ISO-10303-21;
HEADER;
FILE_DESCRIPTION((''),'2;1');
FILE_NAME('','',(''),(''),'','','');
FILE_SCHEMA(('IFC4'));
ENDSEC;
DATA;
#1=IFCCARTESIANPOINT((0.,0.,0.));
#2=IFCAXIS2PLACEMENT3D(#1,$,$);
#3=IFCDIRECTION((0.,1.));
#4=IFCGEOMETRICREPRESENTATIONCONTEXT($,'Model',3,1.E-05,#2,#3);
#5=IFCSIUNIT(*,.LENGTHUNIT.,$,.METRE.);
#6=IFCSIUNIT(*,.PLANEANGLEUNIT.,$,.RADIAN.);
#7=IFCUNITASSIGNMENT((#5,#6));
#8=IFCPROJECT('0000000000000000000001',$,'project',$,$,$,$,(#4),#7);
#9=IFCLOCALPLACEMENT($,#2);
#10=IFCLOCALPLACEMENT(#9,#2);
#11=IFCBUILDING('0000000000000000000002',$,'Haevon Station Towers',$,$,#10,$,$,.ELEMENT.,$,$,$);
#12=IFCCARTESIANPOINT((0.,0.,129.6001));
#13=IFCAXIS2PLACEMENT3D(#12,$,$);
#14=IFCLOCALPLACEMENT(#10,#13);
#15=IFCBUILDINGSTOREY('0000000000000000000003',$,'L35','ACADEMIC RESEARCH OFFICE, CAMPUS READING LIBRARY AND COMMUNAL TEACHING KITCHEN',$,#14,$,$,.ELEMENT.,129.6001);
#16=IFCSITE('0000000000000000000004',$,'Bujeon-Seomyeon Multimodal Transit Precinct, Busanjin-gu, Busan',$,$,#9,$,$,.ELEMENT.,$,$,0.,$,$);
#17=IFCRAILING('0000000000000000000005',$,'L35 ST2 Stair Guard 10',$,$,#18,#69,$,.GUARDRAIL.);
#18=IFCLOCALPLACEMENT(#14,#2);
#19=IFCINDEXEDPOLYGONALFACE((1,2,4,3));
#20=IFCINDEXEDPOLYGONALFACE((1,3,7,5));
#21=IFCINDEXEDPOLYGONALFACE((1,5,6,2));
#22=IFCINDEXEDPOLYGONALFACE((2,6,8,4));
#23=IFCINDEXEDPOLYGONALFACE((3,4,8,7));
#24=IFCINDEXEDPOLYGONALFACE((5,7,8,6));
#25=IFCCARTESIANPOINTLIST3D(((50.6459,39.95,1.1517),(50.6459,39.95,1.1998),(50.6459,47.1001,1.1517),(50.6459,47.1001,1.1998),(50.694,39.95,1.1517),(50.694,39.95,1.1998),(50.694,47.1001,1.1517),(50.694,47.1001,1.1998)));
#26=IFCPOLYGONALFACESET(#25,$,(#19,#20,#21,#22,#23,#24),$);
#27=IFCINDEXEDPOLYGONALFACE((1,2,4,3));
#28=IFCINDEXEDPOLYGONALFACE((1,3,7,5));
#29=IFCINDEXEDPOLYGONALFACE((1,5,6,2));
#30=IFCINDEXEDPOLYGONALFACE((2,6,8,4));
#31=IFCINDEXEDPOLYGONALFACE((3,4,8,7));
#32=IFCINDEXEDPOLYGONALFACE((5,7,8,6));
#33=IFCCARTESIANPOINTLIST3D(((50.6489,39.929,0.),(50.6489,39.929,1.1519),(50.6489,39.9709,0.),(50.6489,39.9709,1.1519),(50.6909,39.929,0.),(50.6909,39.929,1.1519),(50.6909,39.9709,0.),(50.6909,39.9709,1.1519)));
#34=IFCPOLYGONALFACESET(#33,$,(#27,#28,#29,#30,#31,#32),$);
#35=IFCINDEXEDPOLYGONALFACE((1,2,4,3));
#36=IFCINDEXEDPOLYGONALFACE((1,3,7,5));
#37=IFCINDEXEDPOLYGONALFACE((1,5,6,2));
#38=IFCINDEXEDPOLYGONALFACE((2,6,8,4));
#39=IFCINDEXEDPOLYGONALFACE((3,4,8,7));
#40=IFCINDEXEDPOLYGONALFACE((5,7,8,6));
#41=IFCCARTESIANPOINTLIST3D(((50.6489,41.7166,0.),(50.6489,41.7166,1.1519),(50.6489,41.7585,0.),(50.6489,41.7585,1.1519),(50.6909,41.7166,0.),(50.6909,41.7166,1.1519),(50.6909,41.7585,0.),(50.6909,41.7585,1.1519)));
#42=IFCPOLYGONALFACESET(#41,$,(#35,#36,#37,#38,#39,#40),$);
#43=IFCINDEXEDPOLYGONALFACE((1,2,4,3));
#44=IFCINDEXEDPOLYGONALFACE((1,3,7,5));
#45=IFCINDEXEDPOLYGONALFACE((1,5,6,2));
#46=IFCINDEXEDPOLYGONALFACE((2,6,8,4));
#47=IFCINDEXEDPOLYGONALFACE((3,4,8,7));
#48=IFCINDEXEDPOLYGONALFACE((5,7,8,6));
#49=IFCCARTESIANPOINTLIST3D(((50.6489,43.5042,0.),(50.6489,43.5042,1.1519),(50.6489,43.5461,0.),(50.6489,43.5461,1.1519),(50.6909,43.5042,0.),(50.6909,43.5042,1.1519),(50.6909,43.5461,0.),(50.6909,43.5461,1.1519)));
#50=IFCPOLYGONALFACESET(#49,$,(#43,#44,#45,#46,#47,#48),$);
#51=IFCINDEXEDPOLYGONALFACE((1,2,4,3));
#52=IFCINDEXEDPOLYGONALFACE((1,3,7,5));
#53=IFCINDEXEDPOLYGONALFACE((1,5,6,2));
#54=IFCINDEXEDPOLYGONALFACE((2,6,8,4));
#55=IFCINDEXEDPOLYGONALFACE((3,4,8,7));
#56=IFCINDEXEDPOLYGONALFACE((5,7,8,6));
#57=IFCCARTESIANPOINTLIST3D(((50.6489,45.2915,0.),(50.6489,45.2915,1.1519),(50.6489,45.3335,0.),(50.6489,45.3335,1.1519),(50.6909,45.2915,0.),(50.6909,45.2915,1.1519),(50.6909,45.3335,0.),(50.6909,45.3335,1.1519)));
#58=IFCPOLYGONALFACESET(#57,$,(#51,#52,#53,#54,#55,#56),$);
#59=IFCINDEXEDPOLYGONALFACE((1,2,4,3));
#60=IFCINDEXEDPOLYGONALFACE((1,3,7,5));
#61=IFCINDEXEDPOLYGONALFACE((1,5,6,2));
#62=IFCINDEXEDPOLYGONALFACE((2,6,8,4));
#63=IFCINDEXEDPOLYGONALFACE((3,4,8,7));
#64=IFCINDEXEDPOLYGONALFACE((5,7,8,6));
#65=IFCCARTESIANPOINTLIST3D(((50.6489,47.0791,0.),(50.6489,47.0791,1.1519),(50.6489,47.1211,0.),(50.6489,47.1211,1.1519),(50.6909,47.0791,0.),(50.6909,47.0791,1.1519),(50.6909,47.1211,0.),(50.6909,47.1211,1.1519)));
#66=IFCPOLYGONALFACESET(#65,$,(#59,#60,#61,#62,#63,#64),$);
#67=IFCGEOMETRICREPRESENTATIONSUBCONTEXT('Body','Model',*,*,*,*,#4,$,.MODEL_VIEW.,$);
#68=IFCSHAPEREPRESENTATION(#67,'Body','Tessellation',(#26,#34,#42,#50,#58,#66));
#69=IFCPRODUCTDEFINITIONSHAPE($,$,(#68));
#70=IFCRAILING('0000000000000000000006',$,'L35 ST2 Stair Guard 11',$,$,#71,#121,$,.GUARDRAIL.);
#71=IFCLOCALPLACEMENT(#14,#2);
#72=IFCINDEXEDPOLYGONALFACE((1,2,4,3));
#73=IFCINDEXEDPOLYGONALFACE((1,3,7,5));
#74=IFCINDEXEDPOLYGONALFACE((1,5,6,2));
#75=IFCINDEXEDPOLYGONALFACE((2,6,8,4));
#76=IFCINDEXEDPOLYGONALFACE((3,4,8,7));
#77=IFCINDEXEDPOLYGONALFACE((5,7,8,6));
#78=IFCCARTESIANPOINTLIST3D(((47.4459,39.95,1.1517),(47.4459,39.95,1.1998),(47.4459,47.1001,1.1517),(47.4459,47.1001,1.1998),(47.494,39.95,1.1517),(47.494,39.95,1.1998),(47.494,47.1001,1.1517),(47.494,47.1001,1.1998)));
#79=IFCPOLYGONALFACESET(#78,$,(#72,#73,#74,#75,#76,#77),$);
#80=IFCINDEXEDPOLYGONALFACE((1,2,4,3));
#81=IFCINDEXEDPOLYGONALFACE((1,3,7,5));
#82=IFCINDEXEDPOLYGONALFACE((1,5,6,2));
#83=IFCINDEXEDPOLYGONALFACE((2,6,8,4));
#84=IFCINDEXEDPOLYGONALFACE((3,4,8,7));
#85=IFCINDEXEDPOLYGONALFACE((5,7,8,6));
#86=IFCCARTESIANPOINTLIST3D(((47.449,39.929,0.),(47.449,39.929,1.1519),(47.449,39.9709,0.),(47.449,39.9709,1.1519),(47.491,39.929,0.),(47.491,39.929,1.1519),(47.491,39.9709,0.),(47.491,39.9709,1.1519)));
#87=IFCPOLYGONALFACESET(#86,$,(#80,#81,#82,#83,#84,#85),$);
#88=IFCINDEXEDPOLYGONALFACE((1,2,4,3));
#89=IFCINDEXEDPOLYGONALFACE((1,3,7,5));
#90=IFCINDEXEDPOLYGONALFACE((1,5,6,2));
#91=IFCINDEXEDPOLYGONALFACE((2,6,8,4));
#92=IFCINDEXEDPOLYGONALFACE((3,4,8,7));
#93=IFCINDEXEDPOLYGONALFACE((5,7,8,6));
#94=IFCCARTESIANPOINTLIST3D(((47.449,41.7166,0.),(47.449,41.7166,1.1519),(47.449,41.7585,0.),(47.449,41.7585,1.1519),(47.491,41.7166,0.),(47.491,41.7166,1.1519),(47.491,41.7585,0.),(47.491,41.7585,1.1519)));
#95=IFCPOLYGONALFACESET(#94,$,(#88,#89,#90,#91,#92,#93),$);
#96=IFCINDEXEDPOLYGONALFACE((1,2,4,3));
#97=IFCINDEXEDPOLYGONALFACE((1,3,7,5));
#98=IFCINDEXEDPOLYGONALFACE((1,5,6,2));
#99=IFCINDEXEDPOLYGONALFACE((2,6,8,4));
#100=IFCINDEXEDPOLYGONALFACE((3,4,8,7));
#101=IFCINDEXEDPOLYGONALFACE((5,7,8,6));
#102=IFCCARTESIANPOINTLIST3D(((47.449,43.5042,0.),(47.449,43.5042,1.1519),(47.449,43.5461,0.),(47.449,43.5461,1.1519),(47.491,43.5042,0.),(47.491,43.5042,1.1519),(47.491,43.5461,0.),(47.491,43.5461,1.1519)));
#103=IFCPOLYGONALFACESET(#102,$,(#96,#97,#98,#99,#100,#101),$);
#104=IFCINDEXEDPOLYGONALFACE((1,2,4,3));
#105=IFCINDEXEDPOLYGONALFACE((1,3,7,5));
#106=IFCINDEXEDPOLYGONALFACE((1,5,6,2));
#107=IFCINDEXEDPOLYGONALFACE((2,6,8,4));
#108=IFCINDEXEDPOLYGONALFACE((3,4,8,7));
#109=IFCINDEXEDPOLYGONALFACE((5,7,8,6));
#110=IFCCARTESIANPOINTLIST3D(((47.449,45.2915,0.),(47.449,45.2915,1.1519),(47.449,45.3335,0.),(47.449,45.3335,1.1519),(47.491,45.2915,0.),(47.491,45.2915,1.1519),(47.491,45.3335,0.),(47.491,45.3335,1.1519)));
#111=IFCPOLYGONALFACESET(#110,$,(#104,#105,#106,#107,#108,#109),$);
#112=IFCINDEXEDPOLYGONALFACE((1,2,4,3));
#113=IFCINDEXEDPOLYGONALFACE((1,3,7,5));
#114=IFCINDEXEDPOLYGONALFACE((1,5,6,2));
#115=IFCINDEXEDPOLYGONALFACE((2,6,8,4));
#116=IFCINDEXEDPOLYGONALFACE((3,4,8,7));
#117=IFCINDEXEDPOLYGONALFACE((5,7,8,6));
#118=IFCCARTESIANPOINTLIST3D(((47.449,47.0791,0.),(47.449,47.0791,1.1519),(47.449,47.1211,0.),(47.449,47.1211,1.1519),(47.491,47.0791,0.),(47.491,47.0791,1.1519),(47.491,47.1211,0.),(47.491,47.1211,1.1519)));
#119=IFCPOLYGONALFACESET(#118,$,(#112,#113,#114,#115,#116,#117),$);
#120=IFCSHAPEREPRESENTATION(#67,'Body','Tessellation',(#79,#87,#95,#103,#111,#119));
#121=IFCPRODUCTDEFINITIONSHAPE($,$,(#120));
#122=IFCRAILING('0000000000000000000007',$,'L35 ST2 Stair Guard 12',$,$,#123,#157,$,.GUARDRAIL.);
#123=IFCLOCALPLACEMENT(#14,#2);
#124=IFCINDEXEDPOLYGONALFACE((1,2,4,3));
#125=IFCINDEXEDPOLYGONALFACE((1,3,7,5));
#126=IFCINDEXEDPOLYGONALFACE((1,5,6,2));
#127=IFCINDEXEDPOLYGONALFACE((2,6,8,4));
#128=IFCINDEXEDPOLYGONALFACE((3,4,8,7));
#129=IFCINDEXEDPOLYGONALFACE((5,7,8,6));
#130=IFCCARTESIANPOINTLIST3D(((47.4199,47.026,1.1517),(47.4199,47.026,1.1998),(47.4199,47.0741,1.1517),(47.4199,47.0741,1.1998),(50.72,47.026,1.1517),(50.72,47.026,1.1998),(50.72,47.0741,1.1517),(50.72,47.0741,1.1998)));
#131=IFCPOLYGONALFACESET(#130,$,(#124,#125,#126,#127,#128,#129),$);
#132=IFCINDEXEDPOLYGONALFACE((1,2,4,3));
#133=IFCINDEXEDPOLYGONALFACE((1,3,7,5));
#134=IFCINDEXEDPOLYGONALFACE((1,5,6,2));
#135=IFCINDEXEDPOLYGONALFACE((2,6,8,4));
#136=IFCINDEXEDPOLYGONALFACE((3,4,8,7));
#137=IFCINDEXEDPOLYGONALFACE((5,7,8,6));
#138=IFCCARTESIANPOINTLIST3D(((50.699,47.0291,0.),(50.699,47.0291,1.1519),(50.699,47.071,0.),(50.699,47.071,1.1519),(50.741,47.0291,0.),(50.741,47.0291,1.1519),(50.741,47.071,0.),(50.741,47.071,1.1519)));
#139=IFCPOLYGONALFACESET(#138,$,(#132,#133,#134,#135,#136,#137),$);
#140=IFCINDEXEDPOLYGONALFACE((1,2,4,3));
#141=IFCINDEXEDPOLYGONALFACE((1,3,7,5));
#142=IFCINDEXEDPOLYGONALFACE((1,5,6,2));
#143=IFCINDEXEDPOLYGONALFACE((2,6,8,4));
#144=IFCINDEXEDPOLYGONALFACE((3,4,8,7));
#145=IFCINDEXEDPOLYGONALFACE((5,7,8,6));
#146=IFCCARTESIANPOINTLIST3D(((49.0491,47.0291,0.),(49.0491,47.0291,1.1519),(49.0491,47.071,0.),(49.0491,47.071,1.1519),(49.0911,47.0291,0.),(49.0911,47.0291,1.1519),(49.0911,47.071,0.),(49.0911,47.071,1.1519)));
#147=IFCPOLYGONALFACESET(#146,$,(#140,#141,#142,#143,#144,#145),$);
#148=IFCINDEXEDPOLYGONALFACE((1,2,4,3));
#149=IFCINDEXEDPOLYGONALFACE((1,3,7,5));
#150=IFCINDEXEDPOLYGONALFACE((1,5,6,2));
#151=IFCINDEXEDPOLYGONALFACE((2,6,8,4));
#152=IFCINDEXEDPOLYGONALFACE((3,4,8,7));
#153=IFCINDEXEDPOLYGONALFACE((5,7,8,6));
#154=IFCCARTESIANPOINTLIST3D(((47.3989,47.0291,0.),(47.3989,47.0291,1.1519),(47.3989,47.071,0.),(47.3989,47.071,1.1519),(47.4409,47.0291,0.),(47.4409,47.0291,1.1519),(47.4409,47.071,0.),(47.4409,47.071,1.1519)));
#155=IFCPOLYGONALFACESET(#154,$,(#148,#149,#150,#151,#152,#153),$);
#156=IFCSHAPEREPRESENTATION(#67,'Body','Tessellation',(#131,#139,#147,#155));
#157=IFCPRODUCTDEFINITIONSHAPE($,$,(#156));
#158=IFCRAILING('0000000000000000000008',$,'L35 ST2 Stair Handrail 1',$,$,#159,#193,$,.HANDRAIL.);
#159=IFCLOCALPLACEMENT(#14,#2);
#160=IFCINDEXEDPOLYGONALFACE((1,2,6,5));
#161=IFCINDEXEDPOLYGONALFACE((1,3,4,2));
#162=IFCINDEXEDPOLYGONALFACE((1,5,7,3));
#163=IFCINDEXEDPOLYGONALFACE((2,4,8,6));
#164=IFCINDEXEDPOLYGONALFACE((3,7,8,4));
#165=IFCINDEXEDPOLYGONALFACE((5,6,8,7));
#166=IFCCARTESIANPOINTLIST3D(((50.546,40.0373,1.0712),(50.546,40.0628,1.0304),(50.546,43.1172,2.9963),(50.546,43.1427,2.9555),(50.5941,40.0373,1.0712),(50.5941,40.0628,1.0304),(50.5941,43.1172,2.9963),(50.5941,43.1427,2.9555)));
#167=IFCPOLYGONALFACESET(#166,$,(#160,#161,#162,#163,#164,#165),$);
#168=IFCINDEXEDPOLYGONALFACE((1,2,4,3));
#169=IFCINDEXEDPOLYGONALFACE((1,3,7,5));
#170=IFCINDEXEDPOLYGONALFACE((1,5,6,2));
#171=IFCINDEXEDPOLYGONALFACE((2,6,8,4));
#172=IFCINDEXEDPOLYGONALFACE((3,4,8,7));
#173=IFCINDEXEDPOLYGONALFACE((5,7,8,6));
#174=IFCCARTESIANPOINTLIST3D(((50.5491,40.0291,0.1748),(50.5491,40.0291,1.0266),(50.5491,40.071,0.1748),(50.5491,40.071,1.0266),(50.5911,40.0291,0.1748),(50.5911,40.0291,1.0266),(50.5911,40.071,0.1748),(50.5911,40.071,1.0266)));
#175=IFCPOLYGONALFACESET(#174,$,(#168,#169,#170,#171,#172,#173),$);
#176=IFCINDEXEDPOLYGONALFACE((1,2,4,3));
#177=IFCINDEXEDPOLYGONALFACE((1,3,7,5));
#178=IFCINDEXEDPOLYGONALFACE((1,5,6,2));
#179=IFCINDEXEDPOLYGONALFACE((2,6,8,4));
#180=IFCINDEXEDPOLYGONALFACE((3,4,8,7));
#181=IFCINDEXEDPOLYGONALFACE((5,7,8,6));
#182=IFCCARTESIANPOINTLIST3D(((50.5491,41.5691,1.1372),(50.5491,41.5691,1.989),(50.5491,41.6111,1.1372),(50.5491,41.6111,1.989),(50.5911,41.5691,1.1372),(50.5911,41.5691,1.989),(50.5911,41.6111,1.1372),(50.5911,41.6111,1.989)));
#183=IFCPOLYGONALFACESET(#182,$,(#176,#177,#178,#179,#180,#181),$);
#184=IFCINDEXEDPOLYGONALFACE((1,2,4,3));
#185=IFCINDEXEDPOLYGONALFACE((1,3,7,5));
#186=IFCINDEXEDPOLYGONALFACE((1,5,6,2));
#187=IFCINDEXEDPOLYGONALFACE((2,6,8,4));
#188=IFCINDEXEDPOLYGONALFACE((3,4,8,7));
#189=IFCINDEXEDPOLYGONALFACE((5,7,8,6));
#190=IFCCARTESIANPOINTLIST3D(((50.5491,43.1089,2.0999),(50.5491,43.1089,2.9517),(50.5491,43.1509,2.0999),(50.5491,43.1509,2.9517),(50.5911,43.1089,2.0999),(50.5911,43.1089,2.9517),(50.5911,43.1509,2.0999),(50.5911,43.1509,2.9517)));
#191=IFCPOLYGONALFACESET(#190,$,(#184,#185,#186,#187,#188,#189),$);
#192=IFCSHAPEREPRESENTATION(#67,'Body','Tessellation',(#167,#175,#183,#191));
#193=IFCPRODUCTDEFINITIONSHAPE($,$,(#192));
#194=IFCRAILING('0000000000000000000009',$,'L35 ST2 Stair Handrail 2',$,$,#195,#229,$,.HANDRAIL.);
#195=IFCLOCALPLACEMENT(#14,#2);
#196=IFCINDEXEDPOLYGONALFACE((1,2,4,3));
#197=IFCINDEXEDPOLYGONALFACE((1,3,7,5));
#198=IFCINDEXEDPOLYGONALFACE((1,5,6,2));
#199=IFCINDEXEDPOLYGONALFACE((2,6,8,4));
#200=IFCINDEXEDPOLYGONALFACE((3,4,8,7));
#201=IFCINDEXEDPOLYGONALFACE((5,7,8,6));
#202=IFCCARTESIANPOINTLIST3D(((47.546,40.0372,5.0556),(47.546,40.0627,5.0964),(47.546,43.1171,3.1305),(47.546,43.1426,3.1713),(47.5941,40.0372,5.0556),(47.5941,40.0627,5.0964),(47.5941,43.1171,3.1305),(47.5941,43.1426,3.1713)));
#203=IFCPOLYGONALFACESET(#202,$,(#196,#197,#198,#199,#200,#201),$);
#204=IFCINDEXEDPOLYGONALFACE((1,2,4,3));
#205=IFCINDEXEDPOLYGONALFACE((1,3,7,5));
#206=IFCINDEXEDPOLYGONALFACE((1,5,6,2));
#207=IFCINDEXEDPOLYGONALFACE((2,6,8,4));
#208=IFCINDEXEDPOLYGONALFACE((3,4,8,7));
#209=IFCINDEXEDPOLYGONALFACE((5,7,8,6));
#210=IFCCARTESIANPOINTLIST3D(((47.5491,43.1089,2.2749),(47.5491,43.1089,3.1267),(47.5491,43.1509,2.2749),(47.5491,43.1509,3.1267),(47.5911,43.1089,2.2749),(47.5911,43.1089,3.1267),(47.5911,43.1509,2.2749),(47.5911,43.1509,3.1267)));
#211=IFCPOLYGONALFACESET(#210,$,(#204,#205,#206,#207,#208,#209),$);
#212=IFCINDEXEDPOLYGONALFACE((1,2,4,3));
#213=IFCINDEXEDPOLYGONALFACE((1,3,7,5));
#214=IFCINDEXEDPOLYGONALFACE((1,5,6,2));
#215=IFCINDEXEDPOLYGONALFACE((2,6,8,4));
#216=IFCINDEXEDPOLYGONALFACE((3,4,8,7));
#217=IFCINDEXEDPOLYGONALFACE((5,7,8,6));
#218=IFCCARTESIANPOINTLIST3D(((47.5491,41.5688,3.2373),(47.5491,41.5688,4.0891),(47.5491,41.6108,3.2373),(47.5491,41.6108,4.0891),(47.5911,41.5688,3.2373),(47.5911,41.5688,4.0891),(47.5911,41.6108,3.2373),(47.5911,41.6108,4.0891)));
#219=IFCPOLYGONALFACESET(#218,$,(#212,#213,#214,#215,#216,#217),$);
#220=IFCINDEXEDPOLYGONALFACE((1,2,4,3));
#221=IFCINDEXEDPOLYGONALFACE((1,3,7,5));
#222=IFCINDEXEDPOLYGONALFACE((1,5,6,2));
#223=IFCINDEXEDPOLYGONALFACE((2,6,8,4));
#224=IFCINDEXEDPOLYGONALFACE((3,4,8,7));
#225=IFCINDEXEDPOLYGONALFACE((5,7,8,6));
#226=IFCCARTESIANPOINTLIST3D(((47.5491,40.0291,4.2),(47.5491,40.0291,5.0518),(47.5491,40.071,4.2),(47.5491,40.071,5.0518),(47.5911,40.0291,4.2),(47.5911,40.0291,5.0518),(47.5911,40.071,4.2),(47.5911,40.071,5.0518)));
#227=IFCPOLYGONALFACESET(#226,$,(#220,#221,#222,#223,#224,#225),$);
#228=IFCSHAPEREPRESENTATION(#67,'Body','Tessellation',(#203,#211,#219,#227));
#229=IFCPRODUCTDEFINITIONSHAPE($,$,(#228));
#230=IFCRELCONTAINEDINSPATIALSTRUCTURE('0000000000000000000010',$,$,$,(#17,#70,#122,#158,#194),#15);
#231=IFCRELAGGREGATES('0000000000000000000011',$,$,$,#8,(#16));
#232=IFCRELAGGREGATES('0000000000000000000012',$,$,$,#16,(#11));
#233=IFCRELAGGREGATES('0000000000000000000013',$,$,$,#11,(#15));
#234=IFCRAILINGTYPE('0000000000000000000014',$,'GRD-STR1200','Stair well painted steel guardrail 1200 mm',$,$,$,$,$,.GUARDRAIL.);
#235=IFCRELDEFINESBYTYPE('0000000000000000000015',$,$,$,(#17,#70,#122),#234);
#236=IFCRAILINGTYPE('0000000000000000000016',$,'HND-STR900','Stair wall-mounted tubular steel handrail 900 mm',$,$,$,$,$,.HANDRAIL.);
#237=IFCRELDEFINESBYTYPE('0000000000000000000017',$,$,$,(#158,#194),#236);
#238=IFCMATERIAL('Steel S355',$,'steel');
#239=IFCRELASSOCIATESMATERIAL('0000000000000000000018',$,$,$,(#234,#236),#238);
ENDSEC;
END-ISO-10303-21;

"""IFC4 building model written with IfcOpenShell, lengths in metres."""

from ifc_helpers import new_model, si_unit, direction, frame, origin, origin_2d, place, context, subcontext, project, spatial, rectangle, extrude, material, type_object, element, save


model = new_model("IFC4")

# Units and contexts
model_context = context("Model", 3, precision=1e-05, world=origin(), true_north=direction((0.0, 1.0)))
body_context = subcontext(model_context, "Body", "Model", "MODEL_VIEW")
ifc_project = project(units=[si_unit("LENGTHUNIT", "METRE"), si_unit("PLANEANGLEUNIT", "RADIAN")], contexts=[model_context])

# Site, building, storey
site_placement = place(None, origin())
site = spatial("IfcSite", under=ifc_project, at=site_placement, Name="Bujeon-Seomyeon Multimodal Transit Precinct, Busanjin-gu, Busan", CompositionType="ELEMENT", RefElevation=0.0)
building_placement = place(site_placement, origin())
building = spatial("IfcBuilding", under=site, at=building_placement, Name="Haevon Station Towers", CompositionType="ELEMENT")
storey_placement = place(building_placement, frame((0.0, 0.0, 129.6001)))
storey = spatial("IfcBuildingStorey", under=building, at=storey_placement, Name="L35", Description="ACADEMIC RESEARCH OFFICE, CAMPUS READING LIBRARY AND COMMUNAL TEACHING KITCHEN", CompositionType="ELEMENT", Elevation=129.6001)

# Shared definitions
ifc_material_1 = material(Name="Steel S355", Category="steel")

# Railings
railing_type_1 = type_object("IfcRailingType", Name="GRD-STR1200", Description="Stair well painted steel guardrail 1200 mm", PredefinedType="GUARDRAIL", material=ifc_material_1)
for number, where, name in (
    (1, (50.6699, 39.95, 0.0), "L35 ST2 Stair Guard 10"),
    (2, (47.47, 39.95, 0.0), "L35 ST2 Stair Guard 11"),
):
    element("IfcRailing", number, at=place(storey_placement, frame(where)), inside=storey, type_object=railing_type_1, Name=name, PredefinedType="GUARDRAIL", context=body_context, shape_type="SweptSolid", body=[
        extrude(rectangle(XDim=0.0481, YDim=0.0481, at=origin_2d()), frame((0.0, 0.0, 1.1758), z_axis=(0.0, 1.0, 0.0), x_axis=(-1.0, 0.0, 0.0)), (0.0, 0.0, 1.0), 7.1501),
        extrude(rectangle(XDim=0.042, YDim=0.042, at=origin_2d()), origin(), (0.0, 0.0, 1.0), 1.1519),
        extrude(rectangle(XDim=0.042, YDim=0.042, at=origin_2d()), frame((0.0, 1.7876, 0.0)), (0.0, 0.0, 1.0), 1.1519),
        extrude(rectangle(XDim=0.042, YDim=0.042, at=origin_2d()), frame((0.0, 3.5752, 0.0)), (0.0, 0.0, 1.0), 1.1519),
        extrude(rectangle(XDim=0.042, YDim=0.042, at=origin_2d()), frame((0.0, 5.3625, 0.0)), (0.0, 0.0, 1.0), 1.1519),
        extrude(rectangle(XDim=0.042, YDim=0.042, at=origin_2d()), frame((0.0, 7.1501, 0.0)), (0.0, 0.0, 1.0), 1.1519),
    ])
railing_1_placement = place(storey_placement, frame((50.72, 47.05, 0.0)))
element("IfcRailing", 3, at=railing_1_placement, inside=storey, type_object=railing_type_1, Name="L35 ST2 Stair Guard 12", PredefinedType="GUARDRAIL", context=body_context, shape_type="SweptSolid", body=[
    extrude(rectangle(XDim=0.0481, YDim=0.0481, at=origin_2d()), frame((0.0, 0.0, 1.1758), z_axis=(-1.0, 0.0, 0.0), x_axis=(0.0, -1.0, 0.0)), (0.0, 0.0, 1.0), 3.3),
    extrude(rectangle(XDim=0.042, YDim=0.042, at=origin_2d()), origin(), (0.0, 0.0, 1.0), 1.1519),
    extrude(rectangle(XDim=0.042, YDim=0.042, at=origin_2d()), frame((-1.6499, 0.0, 0.0)), (0.0, 0.0, 1.0), 1.1519),
    extrude(rectangle(XDim=0.042, YDim=0.042, at=origin_2d()), frame((-3.3, 0.0, 0.0)), (0.0, 0.0, 1.0), 1.1519),
])
railing_type_2 = type_object("IfcRailingType", Name="HND-STR900", Description="Stair wall-mounted tubular steel handrail 900 mm", PredefinedType="HANDRAIL", material=ifc_material_1)
railing_2_placement = place(storey_placement, frame((50.5701, 40.05, 0.1748)))
element("IfcRailing", 4, at=railing_2_placement, inside=storey, type_object=railing_type_2, Name="L35 ST2 Stair Handrail 1", PredefinedType="HANDRAIL", context=body_context, shape_type="SweptSolid", body=[
    extrude(rectangle(XDim=0.0481, YDim=0.0481, at=origin_2d()), frame((0.0, 0.0, 0.876), z_axis=(0.0, 0.847979, 0.530029), x_axis=(-1.0, 0.0, 0.0)), (0.0, 0.0, 1.0), 3.6321),
    extrude(rectangle(XDim=0.042, YDim=0.042, at=origin_2d()), origin(), (0.0, 0.0, 1.0), 0.8518),
    extrude(rectangle(XDim=0.042, YDim=0.042, at=origin_2d()), frame((0.0, 1.54, 0.9624)), (0.0, 0.0, 1.0), 0.8518),
    extrude(rectangle(XDim=0.042, YDim=0.042, at=origin_2d()), frame((0.0, 3.0798, 1.925)), (0.0, 0.0, 1.0), 0.8518),
])
railing_3_placement = place(storey_placement, frame((47.5701, 43.1299, 2.2749)))
element("IfcRailing", 5, at=railing_3_placement, inside=storey, type_object=railing_type_2, Name="L35 ST2 Stair Handrail 2", PredefinedType="HANDRAIL", context=body_context, shape_type="SweptSolid", body=[
    extrude(rectangle(XDim=0.0481, YDim=0.0481, at=origin_2d()), frame((0.0, 0.0, 0.876), z_axis=(0.0, -0.847979, 0.530029), x_axis=(1.0, 0.0, 0.0)), (0.0, 0.0, 1.0), 3.6321),
    extrude(rectangle(XDim=0.042, YDim=0.042, at=origin_2d()), origin(), (0.0, 0.0, 1.0), 0.8518),
    extrude(rectangle(XDim=0.042, YDim=0.042, at=origin_2d()), frame((0.0, -1.54, 0.9624)), (0.0, 0.0, 1.0), 0.8518),
    extrude(rectangle(XDim=0.042, YDim=0.042, at=origin_2d()), frame((0.0, -3.0798, 1.925)), (0.0, 0.0, 1.0), 0.8518),
])

save(model, "model.ifc")
